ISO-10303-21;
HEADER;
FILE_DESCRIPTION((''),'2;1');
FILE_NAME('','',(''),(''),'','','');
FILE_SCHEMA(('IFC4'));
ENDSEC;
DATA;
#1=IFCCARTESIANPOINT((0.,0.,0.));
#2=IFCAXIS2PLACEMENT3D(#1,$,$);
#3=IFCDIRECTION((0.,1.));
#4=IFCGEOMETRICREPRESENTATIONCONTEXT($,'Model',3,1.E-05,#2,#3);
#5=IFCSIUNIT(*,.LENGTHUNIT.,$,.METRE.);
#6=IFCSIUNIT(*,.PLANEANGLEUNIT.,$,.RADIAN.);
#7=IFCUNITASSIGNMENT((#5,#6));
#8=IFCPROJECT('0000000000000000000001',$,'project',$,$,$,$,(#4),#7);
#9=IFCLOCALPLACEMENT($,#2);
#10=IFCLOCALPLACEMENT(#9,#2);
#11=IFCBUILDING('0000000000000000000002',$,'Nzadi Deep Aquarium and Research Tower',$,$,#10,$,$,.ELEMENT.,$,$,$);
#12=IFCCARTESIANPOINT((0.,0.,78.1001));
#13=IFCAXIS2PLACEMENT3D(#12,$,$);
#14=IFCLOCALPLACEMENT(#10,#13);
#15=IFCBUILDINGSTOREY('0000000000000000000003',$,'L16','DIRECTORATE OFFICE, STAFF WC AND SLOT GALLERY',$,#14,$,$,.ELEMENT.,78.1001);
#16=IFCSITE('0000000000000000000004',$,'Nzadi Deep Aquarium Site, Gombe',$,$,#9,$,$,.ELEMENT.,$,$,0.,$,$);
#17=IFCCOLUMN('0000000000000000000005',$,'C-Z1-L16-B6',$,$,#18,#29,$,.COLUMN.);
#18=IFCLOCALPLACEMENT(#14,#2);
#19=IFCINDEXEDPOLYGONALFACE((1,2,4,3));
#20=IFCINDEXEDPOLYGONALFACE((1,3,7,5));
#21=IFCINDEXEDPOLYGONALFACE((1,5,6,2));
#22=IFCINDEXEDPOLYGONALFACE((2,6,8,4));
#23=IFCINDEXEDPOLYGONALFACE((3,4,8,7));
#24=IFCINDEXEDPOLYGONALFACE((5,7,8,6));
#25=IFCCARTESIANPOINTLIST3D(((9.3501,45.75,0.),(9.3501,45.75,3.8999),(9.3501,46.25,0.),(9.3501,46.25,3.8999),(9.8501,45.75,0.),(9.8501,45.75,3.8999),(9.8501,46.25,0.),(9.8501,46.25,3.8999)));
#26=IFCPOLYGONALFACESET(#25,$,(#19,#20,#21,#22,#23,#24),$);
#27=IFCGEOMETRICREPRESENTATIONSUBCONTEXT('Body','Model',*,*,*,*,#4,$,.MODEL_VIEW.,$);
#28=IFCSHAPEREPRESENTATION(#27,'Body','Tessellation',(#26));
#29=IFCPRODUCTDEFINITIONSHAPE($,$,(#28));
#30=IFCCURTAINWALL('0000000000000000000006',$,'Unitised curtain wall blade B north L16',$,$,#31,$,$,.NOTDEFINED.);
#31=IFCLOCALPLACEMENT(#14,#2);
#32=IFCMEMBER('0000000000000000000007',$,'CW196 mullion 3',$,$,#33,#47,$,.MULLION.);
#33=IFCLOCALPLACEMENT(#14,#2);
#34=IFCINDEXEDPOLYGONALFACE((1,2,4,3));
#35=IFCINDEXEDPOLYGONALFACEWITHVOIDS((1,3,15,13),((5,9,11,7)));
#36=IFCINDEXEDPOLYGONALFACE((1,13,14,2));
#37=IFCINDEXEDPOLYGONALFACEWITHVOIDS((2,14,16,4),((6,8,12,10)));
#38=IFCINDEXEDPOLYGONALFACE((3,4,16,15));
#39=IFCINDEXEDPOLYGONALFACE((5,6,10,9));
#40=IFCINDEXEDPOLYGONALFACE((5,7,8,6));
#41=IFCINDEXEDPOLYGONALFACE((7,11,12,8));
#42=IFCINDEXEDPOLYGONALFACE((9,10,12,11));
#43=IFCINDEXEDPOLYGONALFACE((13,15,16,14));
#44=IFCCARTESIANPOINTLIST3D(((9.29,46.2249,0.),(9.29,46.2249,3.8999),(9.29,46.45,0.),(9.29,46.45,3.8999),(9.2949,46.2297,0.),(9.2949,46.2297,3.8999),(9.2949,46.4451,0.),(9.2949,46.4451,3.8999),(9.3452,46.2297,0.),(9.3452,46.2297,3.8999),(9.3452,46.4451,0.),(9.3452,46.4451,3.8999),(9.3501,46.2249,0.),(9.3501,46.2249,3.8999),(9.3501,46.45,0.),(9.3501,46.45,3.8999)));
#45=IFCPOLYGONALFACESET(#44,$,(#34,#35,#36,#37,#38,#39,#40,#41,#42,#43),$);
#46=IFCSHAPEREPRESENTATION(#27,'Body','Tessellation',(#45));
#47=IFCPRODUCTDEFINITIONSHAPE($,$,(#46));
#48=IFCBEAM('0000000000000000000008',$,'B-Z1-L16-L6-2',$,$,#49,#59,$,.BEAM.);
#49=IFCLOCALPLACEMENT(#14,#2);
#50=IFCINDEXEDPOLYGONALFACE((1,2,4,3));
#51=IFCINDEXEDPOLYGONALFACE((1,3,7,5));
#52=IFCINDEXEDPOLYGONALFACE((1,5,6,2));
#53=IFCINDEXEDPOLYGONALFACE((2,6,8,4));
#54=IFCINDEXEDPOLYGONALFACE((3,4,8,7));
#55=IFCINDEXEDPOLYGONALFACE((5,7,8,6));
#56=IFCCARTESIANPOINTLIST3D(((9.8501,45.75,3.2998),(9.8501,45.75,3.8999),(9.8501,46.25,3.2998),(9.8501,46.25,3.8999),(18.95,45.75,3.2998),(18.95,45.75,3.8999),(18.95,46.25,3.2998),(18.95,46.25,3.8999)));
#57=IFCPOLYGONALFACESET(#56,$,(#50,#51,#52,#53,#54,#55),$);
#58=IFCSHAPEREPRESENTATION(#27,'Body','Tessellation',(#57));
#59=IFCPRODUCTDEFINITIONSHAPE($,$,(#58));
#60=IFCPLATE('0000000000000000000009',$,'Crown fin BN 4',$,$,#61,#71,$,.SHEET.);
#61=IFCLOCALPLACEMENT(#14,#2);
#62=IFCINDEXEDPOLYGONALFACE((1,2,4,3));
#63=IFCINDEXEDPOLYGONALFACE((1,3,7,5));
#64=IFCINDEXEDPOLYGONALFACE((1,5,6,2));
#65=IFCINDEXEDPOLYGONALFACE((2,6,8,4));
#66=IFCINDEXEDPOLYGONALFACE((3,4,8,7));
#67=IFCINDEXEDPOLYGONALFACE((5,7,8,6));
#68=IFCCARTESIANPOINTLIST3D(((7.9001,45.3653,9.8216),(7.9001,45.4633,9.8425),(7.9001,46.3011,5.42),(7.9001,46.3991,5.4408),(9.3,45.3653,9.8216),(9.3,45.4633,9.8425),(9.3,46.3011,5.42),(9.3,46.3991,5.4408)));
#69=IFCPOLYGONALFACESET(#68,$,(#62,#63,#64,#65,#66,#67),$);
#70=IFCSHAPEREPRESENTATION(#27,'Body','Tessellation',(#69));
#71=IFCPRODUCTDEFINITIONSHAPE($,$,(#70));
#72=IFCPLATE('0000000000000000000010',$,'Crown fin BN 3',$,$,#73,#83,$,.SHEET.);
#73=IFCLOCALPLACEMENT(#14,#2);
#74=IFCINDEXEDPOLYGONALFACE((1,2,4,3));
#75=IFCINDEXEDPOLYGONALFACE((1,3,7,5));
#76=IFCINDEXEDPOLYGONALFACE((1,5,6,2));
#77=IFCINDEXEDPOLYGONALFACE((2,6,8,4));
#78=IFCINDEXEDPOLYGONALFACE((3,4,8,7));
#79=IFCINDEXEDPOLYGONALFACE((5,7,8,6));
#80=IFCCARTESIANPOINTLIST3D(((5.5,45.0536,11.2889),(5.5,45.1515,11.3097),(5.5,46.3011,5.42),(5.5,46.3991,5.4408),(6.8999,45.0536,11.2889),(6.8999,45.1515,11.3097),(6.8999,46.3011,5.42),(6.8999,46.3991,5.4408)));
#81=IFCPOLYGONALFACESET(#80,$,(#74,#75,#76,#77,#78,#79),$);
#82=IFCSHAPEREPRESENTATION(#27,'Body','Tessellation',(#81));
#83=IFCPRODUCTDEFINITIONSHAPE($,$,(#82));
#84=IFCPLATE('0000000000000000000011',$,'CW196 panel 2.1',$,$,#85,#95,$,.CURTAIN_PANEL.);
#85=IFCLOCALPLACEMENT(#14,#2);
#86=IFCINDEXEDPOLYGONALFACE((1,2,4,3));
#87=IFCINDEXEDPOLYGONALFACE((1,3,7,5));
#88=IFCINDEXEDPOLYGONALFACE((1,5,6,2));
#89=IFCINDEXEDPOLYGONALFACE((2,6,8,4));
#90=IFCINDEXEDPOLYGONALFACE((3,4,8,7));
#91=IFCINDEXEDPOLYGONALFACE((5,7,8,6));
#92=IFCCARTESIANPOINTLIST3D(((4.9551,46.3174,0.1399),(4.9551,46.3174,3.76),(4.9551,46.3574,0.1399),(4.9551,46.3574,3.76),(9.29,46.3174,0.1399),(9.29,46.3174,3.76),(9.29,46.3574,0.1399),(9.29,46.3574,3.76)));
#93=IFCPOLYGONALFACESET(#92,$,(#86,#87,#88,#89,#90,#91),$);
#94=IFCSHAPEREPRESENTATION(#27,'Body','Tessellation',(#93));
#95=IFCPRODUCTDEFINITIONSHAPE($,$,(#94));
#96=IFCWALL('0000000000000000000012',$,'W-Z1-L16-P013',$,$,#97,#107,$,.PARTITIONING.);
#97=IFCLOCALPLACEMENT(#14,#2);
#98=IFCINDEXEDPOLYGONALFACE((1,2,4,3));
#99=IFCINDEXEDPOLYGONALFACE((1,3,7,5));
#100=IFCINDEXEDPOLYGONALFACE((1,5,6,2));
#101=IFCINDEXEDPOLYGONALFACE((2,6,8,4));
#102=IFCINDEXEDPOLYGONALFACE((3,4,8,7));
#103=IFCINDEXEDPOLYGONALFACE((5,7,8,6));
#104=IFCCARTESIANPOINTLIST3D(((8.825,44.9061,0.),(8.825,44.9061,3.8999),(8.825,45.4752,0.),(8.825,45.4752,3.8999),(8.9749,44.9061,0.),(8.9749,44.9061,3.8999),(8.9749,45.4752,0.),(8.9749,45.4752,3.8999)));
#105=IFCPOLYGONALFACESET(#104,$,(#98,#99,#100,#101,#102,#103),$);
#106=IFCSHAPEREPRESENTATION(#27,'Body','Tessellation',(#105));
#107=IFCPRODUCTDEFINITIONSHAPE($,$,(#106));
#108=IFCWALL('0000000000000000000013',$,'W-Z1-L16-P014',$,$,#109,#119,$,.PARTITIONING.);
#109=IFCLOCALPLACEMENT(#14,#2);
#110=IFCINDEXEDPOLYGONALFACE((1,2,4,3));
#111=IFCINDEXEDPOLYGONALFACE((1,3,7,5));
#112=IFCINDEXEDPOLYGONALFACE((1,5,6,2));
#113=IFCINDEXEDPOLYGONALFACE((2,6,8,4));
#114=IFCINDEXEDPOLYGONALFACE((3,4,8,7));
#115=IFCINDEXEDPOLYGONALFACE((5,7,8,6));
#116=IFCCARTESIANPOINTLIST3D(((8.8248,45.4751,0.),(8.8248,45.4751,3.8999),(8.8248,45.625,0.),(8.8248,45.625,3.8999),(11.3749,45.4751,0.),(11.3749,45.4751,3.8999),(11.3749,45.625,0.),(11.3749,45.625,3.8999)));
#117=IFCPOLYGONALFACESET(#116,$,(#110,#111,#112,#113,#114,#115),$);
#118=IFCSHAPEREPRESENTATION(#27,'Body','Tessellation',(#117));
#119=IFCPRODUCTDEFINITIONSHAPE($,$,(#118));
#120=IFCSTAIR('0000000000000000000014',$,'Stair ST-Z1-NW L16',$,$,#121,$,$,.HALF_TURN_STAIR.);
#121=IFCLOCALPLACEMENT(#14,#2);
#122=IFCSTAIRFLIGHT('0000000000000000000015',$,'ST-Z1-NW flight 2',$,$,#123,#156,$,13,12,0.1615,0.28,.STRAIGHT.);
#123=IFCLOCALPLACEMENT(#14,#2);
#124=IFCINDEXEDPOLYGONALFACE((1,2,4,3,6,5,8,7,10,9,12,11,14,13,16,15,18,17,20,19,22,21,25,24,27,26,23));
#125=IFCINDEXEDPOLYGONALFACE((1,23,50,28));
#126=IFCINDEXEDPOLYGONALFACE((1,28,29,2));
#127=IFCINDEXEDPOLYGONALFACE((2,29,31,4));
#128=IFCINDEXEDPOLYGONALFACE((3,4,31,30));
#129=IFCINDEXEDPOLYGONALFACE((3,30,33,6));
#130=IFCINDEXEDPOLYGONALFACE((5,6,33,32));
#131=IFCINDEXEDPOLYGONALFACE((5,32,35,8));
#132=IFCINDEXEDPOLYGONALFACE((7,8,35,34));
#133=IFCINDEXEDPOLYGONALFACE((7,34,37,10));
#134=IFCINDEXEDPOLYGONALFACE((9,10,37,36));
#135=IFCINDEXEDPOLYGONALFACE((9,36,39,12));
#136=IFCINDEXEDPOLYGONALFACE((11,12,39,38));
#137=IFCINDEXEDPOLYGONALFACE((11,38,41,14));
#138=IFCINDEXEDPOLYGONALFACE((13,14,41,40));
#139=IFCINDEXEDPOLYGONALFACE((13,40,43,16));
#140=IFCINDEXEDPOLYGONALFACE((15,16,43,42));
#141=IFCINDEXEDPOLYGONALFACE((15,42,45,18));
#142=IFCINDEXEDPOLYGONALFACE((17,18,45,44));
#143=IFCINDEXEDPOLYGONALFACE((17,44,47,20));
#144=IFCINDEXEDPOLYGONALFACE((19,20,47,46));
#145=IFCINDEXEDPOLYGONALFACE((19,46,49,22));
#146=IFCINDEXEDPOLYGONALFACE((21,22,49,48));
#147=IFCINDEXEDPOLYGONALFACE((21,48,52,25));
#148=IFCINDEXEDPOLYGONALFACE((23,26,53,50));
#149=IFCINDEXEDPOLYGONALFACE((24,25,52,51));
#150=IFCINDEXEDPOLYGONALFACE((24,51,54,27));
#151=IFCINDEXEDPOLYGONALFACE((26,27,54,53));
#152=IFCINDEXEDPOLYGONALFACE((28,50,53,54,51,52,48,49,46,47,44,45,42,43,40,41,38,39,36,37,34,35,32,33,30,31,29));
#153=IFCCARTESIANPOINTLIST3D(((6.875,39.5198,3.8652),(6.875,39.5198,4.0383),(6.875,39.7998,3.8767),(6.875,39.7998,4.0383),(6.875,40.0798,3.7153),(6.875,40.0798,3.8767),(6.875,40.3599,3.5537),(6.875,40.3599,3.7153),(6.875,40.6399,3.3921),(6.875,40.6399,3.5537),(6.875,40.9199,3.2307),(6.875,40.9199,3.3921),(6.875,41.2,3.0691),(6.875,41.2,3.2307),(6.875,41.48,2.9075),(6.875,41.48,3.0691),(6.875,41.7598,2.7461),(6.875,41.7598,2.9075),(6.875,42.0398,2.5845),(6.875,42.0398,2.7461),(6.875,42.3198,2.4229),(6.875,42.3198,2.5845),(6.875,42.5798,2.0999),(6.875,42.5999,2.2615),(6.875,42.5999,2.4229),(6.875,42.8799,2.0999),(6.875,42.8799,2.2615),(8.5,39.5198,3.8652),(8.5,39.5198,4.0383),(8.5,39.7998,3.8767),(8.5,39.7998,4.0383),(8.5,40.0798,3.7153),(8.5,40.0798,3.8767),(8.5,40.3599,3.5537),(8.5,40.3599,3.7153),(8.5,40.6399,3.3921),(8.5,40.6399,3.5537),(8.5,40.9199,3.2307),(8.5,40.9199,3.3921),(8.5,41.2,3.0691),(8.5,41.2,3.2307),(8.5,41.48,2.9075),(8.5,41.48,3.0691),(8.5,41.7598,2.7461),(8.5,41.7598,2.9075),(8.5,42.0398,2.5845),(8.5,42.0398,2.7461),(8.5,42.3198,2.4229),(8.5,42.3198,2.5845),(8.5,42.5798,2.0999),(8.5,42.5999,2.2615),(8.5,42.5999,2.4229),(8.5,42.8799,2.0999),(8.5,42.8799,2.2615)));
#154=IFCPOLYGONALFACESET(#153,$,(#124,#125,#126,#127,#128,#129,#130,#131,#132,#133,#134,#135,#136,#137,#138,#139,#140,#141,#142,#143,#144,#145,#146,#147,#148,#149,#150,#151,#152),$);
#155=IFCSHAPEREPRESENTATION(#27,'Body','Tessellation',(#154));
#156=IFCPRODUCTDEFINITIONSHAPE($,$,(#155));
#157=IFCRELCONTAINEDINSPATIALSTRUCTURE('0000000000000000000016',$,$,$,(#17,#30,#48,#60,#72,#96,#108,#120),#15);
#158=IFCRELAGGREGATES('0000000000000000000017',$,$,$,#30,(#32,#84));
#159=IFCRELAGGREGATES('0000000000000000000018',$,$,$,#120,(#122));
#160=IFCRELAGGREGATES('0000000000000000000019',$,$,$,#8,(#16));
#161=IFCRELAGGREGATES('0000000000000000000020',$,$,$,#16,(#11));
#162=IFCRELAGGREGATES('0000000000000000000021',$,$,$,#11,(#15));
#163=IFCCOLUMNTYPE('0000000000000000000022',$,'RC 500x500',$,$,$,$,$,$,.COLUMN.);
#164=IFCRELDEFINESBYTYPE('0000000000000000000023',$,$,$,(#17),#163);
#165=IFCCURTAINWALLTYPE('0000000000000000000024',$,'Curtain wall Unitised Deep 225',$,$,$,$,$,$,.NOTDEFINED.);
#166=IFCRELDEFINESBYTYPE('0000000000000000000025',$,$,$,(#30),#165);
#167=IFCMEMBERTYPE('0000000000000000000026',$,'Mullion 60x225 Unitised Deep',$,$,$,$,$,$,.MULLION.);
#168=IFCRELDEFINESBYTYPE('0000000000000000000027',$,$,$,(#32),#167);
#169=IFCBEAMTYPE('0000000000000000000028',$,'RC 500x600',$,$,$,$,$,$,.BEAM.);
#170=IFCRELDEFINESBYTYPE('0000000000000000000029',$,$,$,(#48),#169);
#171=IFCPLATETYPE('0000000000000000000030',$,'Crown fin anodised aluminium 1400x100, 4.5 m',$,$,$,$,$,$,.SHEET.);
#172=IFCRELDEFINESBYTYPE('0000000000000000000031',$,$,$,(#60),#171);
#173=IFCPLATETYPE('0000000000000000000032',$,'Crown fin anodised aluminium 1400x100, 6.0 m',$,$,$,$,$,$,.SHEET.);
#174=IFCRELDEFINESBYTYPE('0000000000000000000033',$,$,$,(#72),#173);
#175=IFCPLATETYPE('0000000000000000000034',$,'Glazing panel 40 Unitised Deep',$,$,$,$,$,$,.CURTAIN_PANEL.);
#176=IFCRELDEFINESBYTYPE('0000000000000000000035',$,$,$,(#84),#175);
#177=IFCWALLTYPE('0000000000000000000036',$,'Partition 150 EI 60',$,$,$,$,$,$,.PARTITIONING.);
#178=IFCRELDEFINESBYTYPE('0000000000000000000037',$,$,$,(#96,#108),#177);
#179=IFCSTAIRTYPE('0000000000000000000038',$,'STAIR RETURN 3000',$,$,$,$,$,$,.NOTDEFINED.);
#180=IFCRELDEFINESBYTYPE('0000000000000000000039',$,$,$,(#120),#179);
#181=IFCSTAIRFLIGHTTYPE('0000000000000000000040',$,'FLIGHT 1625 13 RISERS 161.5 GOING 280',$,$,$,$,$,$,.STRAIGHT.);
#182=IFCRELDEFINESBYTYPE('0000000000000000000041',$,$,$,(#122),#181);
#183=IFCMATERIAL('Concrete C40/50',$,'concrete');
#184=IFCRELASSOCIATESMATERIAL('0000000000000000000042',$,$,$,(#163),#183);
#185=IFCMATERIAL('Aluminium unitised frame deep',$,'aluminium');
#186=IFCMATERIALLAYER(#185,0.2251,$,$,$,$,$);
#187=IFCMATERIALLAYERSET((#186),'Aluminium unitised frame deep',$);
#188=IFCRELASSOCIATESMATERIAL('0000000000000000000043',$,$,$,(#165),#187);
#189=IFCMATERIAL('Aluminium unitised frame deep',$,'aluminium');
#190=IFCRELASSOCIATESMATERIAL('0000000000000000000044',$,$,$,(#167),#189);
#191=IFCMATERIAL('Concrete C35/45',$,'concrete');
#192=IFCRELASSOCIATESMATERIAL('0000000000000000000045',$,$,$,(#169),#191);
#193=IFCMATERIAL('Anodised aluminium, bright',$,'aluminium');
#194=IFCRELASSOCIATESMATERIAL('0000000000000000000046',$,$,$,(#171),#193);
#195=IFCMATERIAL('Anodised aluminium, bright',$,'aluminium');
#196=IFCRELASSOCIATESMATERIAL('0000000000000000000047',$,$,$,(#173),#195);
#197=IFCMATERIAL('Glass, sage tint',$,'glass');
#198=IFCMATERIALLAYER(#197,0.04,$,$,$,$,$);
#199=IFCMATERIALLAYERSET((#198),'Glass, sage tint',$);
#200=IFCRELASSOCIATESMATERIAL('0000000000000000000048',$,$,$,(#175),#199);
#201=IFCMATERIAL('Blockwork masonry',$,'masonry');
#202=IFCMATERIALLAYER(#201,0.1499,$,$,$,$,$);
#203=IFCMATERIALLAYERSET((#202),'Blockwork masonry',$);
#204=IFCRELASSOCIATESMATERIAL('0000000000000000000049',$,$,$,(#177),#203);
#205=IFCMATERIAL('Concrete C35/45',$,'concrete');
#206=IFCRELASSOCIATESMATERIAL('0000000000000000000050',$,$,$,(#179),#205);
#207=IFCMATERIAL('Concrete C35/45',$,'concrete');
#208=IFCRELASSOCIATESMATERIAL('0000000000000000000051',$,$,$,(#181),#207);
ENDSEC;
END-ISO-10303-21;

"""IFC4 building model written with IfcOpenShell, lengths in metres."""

from ifc_helpers import new_model, si_unit, direction, frame, frame_2d, origin, origin_2d, place, context, subcontext, project, spatial, polyline, rectangle, hollow_rectangle, outline, extrude, material, layer, layer_set, material_profile, profile_set, type_object, element, aggregate, save


model = new_model("IFC4")

# Units and contexts
model_context = context("Model", 3, precision=1e-05, world=origin(), true_north=direction((0.0, 1.0)))
body_context = subcontext(model_context, "Body", "Model", "MODEL_VIEW")
ifc_project = project(units=[si_unit("LENGTHUNIT", "METRE"), si_unit("PLANEANGLEUNIT", "RADIAN")], contexts=[model_context])

# Site, building, storey
site_placement = place(None, origin())
site = spatial("IfcSite", under=ifc_project, at=site_placement, Name="Nzadi Deep Aquarium Site, Gombe", CompositionType="ELEMENT", RefElevation=0.0)
building_placement = place(site_placement, origin())
building = spatial("IfcBuilding", under=site, at=building_placement, Name="Nzadi Deep Aquarium and Research Tower", CompositionType="ELEMENT")
storey_placement = place(building_placement, frame((0.0, 0.0, 78.1001)))
storey = spatial("IfcBuildingStorey", under=building, at=storey_placement, Name="L16", Description="DIRECTORATE OFFICE, STAFF WC AND SLOT GALLERY", CompositionType="ELEMENT", Elevation=78.1001)

# Column
ifc_material_1 = material(Name="Concrete C40/50", Category="concrete")
ifc_material_profile_1 = material_profile(ifc_material_1, rectangle(XDim=0.5, YDim=0.5, at=origin_2d()))
ifc_profile_set_1 = profile_set([ifc_material_profile_1], Name="Concrete C40/50")
column_type = type_object("IfcColumnType", Name="RC 500x500", PredefinedType="COLUMN", material=ifc_profile_set_1)
column_placement = place(storey_placement, frame((9.6001, 46.0, 0.0), z_axis=(0.0, 0.0, 1.0), x_axis=(1.0, 0.0, 0.0)))
element("IfcColumn", 1, at=column_placement, inside=storey, type_object=column_type, Name="C-Z1-L16-B6", PredefinedType="COLUMN", context=body_context, shape_type="SweptSolid", body=[
    extrude(rectangle(XDim=0.5, YDim=0.5, at=origin_2d()), origin(), (0.0, 0.0, 1.0), 3.8999),
])

# Curtain wall, member
ifc_material_2 = material(Name="Aluminium unitised frame deep", Category="aluminium")
ifc_layer_1 = layer(ifc_material_2, 0.2251)
ifc_layer_set_1 = layer_set([ifc_layer_1], Name="Aluminium unitised frame deep")
curtain_wall_type = type_object("IfcCurtainWallType", Name="Curtain wall Unitised Deep 225", PredefinedType="NOTDEFINED", material=ifc_layer_set_1)
curtain_wall_placement = place(storey_placement, origin())
curtain_wall = element("IfcCurtainWall", 2, at=curtain_wall_placement, inside=storey, type_object=curtain_wall_type, Name="Unitised curtain wall blade B north L16", PredefinedType="NOTDEFINED")
ifc_material_3 = material(Name="Aluminium unitised frame deep", Category="aluminium")
ifc_material_profile_2 = material_profile(ifc_material_3, hollow_rectangle(XDim=0.2251, YDim=0.0601, WallThickness=0.0049, at=origin_2d()))
ifc_profile_set_2 = profile_set([ifc_material_profile_2], Name="Aluminium unitised frame deep")
member_type = type_object("IfcMemberType", Name="Mullion 60x225 Unitised Deep", PredefinedType="MULLION", material=ifc_profile_set_2)
member_placement = place(storey_placement, frame((9.3201, 46.3374, 0.0), z_axis=(0.0, 0.0, 1.0), x_axis=(0.0, 1.0, 0.0)))
member = element("IfcMember", 3, at=member_placement, type_object=member_type, Name="CW196 mullion 3", PredefinedType="MULLION", context=body_context, shape_type="SweptSolid", body=[
    extrude(hollow_rectangle(XDim=0.2251, YDim=0.0601, WallThickness=0.0049, at=origin_2d()), origin(), (0.0, 0.0, 1.0), 3.8999),
])

# Beam
ifc_material_4 = material(Name="Concrete C35/45", Category="concrete")
ifc_material_profile_3 = material_profile(ifc_material_4, rectangle(XDim=0.5, YDim=0.6001, at=origin_2d()))
ifc_profile_set_3 = profile_set([ifc_material_profile_3], Name="Concrete C35/45")
beam_type = type_object("IfcBeamType", Name="RC 500x600", PredefinedType="BEAM", material=ifc_profile_set_3)
beam_placement = place(storey_placement, frame((9.8501, 46.0, 3.5999), z_axis=(1.0, 0.0, 0.0), x_axis=(0.0, 1.0, 0.0)))
element("IfcBeam", 4, at=beam_placement, inside=storey, type_object=beam_type, Name="B-Z1-L16-L6-2", PredefinedType="BEAM", context=body_context, shape_type="SweptSolid", body=[
    extrude(rectangle(XDim=0.5, YDim=0.6001, at=origin_2d()), origin(), (0.0, 0.0, 1.0), 9.0999),
])

# Plates
ifc_material_5 = material(Name="Anodised aluminium, bright", Category="aluminium")
ifc_material_profile_4 = material_profile(ifc_material_5, rectangle(XDim=1.3999, YDim=0.1001, at=origin_2d()))
ifc_profile_set_4 = profile_set([ifc_material_profile_4], Name="Anodised aluminium, bright")
plate_type_1 = type_object("IfcPlateType", Name="Crown fin anodised aluminium 1400x100, 4.5 m", PredefinedType="SHEET", material=ifc_profile_set_4)
plate_1_placement = place(storey_placement, frame((8.6001, 46.3501, 5.4304), z_axis=(0.0, -0.207954, 0.978139), x_axis=(1.0, 0.0, 0.0)))
element("IfcPlate", 5, at=plate_1_placement, inside=storey, type_object=plate_type_1, Name="Crown fin BN 4", PredefinedType="SHEET", context=body_context, shape_type="SweptSolid", body=[
    extrude(rectangle(XDim=1.3999, YDim=0.1001, at=origin_2d()), origin(), (0.0, 0.0, 1.0), 4.5),
])
ifc_material_6 = material(Name="Anodised aluminium, bright", Category="aluminium")
ifc_material_profile_5 = material_profile(ifc_material_6, rectangle(XDim=1.3999, YDim=0.1001, at=origin_2d()))
ifc_profile_set_5 = profile_set([ifc_material_profile_5], Name="Anodised aluminium, bright")
plate_type_2 = type_object("IfcPlateType", Name="Crown fin anodised aluminium 1400x100, 6.0 m", PredefinedType="SHEET", material=ifc_profile_set_5)
plate_2_placement = place(storey_placement, frame((6.2, 46.3501, 5.4304), z_axis=(0.0, -0.207925, 0.978145), x_axis=(1.0, 0.0, 0.0)))
element("IfcPlate", 6, at=plate_2_placement, inside=storey, type_object=plate_type_2, Name="Crown fin BN 3", PredefinedType="SHEET", context=body_context, shape_type="SweptSolid", body=[
    extrude(rectangle(XDim=1.3999, YDim=0.1001, at=origin_2d()), origin(), (0.0, 0.0, 1.0), 6.0),
])

# Plate
ifc_material_7 = material(Name="Glass, sage tint", Category="glass")
ifc_layer_2 = layer(ifc_material_7, 0.04)
ifc_layer_set_2 = layer_set([ifc_layer_2], Name="Glass, sage tint")
plate_type_3 = type_object("IfcPlateType", Name="Glazing panel 40 Unitised Deep", PredefinedType="CURTAIN_PANEL", material=ifc_layer_set_2)
plate_3_placement = place(storey_placement, frame((7.1226, 46.3374, 0.1399), z_axis=(0.0, 0.0, 1.0), x_axis=(1.0, 0.0, 0.0)))
plate_3 = element("IfcPlate", 7, at=plate_3_placement, type_object=plate_type_3, Name="CW196 panel 2.1", PredefinedType="CURTAIN_PANEL", context=body_context, shape_type="SweptSolid", body=[
    extrude(rectangle(XDim=4.335, YDim=0.04, at=origin_2d()), origin(), (0.0, 0.0, 1.0), 3.6201),
])
aggregate(curtain_wall, [member, plate_3])

# Walls
ifc_material_8 = material(Name="Blockwork masonry", Category="masonry")
ifc_layer_3 = layer(ifc_material_8, 0.1499)
ifc_layer_set_3 = layer_set([ifc_layer_3], Name="Blockwork masonry")
wall_type = type_object("IfcWallType", Name="Partition 150 EI 60", PredefinedType="PARTITIONING", material=ifc_layer_set_3)
wall_1_placement = place(storey_placement, frame((8.8999, 44.906, 0.0), z_axis=(0.0, 0.0, 1.0), x_axis=(0.0, 1.0, 0.0)))
element("IfcWall", 8, at=wall_1_placement, inside=storey, type_object=wall_type, Name="W-Z1-L16-P013", PredefinedType="PARTITIONING", context=body_context, shape_type="SweptSolid", body=[
    extrude(rectangle(XDim=0.5691, YDim=0.1499, at=frame_2d((0.2847, 0.0))), origin(), (0.0, 0.0, 1.0), 3.8999),
])
wall_2_placement = place(storey_placement, frame((8.825, 45.55, 0.0), z_axis=(0.0, 0.0, 1.0), x_axis=(1.0, 0.0, 0.0)))
element("IfcWall", 9, at=wall_2_placement, inside=storey, type_object=wall_type, Name="W-Z1-L16-P014", PredefinedType="PARTITIONING", context=body_context, shape_type="SweptSolid", body=[
    extrude(rectangle(XDim=2.55, YDim=0.1499, at=frame_2d((1.2749, 0.0))), origin(), (0.0, 0.0, 1.0), 3.8999),
])

# Stair, stair flight
ifc_material_9 = material(Name="Concrete C35/45", Category="concrete")
stair_type = type_object("IfcStairType", Name="STAIR RETURN 3000", PredefinedType="NOTDEFINED", material=ifc_material_9)
stair_placement = place(storey_placement, origin())
stair = element("IfcStair", 10, at=stair_placement, inside=storey, type_object=stair_type, Name="Stair ST-Z1-NW L16", PredefinedType="HALF_TURN_STAIR")
ifc_material_10 = material(Name="Concrete C35/45", Category="concrete")
stair_flight_type = type_object("IfcStairFlightType", Name="FLIGHT 1625 13 RISERS 161.5 GOING 280", PredefinedType="STRAIGHT", material=ifc_material_10)
stair_flight_placement = place(storey_placement, frame((7.6875, 42.8799, 2.0999), z_axis=(0.0, 0.0, 1.0), x_axis=(0.0, -1.0, 0.0)))
stair_flight = element("IfcStairFlight", 11, at=stair_flight_placement, type_object=stair_flight_type, Name="ST-Z1-NW flight 2", NumberOfRisers=13, NumberOfTreads=12, PredefinedType="STRAIGHT", RiserHeight=0.1615, TreadLength=0.28, context=body_context, shape_type="SweptSolid", body=[
    extrude(outline(polyline([(0.0, 0.0), (0.0, 0.1616), (0.28, 0.1616), (0.28, 0.323), (0.5601, 0.323), (0.5601, 0.4846), (0.8401, 0.4846), (0.8401, 0.6462), (1.1201, 0.6462), (1.1201, 0.8076), (1.3999, 0.8076), (1.3999, 0.9692), (1.6799, 0.9692), (1.6799, 1.1309), (1.96, 1.1309), (1.96, 1.2922), (2.24, 1.2922), (2.24, 1.4539), (2.52, 1.4539), (2.52, 1.6155), (2.8, 1.6155), (2.8, 1.7769), (3.0801, 1.7769), (3.0801, 1.9385), (3.3601, 1.9385), (3.3601, 2.1001), (3.3601, 1.7654), (0.3, 0.0), (0.0, 0.0)])), frame((0.0, 0.8125, 0.0), z_axis=(0.0, -1.0, 0.0), x_axis=(1.0, 0.0, 0.0)), (0.0, 0.0, 1.0), 1.625),
])
aggregate(stair, [stair_flight])

save(model, "model.ifc")
